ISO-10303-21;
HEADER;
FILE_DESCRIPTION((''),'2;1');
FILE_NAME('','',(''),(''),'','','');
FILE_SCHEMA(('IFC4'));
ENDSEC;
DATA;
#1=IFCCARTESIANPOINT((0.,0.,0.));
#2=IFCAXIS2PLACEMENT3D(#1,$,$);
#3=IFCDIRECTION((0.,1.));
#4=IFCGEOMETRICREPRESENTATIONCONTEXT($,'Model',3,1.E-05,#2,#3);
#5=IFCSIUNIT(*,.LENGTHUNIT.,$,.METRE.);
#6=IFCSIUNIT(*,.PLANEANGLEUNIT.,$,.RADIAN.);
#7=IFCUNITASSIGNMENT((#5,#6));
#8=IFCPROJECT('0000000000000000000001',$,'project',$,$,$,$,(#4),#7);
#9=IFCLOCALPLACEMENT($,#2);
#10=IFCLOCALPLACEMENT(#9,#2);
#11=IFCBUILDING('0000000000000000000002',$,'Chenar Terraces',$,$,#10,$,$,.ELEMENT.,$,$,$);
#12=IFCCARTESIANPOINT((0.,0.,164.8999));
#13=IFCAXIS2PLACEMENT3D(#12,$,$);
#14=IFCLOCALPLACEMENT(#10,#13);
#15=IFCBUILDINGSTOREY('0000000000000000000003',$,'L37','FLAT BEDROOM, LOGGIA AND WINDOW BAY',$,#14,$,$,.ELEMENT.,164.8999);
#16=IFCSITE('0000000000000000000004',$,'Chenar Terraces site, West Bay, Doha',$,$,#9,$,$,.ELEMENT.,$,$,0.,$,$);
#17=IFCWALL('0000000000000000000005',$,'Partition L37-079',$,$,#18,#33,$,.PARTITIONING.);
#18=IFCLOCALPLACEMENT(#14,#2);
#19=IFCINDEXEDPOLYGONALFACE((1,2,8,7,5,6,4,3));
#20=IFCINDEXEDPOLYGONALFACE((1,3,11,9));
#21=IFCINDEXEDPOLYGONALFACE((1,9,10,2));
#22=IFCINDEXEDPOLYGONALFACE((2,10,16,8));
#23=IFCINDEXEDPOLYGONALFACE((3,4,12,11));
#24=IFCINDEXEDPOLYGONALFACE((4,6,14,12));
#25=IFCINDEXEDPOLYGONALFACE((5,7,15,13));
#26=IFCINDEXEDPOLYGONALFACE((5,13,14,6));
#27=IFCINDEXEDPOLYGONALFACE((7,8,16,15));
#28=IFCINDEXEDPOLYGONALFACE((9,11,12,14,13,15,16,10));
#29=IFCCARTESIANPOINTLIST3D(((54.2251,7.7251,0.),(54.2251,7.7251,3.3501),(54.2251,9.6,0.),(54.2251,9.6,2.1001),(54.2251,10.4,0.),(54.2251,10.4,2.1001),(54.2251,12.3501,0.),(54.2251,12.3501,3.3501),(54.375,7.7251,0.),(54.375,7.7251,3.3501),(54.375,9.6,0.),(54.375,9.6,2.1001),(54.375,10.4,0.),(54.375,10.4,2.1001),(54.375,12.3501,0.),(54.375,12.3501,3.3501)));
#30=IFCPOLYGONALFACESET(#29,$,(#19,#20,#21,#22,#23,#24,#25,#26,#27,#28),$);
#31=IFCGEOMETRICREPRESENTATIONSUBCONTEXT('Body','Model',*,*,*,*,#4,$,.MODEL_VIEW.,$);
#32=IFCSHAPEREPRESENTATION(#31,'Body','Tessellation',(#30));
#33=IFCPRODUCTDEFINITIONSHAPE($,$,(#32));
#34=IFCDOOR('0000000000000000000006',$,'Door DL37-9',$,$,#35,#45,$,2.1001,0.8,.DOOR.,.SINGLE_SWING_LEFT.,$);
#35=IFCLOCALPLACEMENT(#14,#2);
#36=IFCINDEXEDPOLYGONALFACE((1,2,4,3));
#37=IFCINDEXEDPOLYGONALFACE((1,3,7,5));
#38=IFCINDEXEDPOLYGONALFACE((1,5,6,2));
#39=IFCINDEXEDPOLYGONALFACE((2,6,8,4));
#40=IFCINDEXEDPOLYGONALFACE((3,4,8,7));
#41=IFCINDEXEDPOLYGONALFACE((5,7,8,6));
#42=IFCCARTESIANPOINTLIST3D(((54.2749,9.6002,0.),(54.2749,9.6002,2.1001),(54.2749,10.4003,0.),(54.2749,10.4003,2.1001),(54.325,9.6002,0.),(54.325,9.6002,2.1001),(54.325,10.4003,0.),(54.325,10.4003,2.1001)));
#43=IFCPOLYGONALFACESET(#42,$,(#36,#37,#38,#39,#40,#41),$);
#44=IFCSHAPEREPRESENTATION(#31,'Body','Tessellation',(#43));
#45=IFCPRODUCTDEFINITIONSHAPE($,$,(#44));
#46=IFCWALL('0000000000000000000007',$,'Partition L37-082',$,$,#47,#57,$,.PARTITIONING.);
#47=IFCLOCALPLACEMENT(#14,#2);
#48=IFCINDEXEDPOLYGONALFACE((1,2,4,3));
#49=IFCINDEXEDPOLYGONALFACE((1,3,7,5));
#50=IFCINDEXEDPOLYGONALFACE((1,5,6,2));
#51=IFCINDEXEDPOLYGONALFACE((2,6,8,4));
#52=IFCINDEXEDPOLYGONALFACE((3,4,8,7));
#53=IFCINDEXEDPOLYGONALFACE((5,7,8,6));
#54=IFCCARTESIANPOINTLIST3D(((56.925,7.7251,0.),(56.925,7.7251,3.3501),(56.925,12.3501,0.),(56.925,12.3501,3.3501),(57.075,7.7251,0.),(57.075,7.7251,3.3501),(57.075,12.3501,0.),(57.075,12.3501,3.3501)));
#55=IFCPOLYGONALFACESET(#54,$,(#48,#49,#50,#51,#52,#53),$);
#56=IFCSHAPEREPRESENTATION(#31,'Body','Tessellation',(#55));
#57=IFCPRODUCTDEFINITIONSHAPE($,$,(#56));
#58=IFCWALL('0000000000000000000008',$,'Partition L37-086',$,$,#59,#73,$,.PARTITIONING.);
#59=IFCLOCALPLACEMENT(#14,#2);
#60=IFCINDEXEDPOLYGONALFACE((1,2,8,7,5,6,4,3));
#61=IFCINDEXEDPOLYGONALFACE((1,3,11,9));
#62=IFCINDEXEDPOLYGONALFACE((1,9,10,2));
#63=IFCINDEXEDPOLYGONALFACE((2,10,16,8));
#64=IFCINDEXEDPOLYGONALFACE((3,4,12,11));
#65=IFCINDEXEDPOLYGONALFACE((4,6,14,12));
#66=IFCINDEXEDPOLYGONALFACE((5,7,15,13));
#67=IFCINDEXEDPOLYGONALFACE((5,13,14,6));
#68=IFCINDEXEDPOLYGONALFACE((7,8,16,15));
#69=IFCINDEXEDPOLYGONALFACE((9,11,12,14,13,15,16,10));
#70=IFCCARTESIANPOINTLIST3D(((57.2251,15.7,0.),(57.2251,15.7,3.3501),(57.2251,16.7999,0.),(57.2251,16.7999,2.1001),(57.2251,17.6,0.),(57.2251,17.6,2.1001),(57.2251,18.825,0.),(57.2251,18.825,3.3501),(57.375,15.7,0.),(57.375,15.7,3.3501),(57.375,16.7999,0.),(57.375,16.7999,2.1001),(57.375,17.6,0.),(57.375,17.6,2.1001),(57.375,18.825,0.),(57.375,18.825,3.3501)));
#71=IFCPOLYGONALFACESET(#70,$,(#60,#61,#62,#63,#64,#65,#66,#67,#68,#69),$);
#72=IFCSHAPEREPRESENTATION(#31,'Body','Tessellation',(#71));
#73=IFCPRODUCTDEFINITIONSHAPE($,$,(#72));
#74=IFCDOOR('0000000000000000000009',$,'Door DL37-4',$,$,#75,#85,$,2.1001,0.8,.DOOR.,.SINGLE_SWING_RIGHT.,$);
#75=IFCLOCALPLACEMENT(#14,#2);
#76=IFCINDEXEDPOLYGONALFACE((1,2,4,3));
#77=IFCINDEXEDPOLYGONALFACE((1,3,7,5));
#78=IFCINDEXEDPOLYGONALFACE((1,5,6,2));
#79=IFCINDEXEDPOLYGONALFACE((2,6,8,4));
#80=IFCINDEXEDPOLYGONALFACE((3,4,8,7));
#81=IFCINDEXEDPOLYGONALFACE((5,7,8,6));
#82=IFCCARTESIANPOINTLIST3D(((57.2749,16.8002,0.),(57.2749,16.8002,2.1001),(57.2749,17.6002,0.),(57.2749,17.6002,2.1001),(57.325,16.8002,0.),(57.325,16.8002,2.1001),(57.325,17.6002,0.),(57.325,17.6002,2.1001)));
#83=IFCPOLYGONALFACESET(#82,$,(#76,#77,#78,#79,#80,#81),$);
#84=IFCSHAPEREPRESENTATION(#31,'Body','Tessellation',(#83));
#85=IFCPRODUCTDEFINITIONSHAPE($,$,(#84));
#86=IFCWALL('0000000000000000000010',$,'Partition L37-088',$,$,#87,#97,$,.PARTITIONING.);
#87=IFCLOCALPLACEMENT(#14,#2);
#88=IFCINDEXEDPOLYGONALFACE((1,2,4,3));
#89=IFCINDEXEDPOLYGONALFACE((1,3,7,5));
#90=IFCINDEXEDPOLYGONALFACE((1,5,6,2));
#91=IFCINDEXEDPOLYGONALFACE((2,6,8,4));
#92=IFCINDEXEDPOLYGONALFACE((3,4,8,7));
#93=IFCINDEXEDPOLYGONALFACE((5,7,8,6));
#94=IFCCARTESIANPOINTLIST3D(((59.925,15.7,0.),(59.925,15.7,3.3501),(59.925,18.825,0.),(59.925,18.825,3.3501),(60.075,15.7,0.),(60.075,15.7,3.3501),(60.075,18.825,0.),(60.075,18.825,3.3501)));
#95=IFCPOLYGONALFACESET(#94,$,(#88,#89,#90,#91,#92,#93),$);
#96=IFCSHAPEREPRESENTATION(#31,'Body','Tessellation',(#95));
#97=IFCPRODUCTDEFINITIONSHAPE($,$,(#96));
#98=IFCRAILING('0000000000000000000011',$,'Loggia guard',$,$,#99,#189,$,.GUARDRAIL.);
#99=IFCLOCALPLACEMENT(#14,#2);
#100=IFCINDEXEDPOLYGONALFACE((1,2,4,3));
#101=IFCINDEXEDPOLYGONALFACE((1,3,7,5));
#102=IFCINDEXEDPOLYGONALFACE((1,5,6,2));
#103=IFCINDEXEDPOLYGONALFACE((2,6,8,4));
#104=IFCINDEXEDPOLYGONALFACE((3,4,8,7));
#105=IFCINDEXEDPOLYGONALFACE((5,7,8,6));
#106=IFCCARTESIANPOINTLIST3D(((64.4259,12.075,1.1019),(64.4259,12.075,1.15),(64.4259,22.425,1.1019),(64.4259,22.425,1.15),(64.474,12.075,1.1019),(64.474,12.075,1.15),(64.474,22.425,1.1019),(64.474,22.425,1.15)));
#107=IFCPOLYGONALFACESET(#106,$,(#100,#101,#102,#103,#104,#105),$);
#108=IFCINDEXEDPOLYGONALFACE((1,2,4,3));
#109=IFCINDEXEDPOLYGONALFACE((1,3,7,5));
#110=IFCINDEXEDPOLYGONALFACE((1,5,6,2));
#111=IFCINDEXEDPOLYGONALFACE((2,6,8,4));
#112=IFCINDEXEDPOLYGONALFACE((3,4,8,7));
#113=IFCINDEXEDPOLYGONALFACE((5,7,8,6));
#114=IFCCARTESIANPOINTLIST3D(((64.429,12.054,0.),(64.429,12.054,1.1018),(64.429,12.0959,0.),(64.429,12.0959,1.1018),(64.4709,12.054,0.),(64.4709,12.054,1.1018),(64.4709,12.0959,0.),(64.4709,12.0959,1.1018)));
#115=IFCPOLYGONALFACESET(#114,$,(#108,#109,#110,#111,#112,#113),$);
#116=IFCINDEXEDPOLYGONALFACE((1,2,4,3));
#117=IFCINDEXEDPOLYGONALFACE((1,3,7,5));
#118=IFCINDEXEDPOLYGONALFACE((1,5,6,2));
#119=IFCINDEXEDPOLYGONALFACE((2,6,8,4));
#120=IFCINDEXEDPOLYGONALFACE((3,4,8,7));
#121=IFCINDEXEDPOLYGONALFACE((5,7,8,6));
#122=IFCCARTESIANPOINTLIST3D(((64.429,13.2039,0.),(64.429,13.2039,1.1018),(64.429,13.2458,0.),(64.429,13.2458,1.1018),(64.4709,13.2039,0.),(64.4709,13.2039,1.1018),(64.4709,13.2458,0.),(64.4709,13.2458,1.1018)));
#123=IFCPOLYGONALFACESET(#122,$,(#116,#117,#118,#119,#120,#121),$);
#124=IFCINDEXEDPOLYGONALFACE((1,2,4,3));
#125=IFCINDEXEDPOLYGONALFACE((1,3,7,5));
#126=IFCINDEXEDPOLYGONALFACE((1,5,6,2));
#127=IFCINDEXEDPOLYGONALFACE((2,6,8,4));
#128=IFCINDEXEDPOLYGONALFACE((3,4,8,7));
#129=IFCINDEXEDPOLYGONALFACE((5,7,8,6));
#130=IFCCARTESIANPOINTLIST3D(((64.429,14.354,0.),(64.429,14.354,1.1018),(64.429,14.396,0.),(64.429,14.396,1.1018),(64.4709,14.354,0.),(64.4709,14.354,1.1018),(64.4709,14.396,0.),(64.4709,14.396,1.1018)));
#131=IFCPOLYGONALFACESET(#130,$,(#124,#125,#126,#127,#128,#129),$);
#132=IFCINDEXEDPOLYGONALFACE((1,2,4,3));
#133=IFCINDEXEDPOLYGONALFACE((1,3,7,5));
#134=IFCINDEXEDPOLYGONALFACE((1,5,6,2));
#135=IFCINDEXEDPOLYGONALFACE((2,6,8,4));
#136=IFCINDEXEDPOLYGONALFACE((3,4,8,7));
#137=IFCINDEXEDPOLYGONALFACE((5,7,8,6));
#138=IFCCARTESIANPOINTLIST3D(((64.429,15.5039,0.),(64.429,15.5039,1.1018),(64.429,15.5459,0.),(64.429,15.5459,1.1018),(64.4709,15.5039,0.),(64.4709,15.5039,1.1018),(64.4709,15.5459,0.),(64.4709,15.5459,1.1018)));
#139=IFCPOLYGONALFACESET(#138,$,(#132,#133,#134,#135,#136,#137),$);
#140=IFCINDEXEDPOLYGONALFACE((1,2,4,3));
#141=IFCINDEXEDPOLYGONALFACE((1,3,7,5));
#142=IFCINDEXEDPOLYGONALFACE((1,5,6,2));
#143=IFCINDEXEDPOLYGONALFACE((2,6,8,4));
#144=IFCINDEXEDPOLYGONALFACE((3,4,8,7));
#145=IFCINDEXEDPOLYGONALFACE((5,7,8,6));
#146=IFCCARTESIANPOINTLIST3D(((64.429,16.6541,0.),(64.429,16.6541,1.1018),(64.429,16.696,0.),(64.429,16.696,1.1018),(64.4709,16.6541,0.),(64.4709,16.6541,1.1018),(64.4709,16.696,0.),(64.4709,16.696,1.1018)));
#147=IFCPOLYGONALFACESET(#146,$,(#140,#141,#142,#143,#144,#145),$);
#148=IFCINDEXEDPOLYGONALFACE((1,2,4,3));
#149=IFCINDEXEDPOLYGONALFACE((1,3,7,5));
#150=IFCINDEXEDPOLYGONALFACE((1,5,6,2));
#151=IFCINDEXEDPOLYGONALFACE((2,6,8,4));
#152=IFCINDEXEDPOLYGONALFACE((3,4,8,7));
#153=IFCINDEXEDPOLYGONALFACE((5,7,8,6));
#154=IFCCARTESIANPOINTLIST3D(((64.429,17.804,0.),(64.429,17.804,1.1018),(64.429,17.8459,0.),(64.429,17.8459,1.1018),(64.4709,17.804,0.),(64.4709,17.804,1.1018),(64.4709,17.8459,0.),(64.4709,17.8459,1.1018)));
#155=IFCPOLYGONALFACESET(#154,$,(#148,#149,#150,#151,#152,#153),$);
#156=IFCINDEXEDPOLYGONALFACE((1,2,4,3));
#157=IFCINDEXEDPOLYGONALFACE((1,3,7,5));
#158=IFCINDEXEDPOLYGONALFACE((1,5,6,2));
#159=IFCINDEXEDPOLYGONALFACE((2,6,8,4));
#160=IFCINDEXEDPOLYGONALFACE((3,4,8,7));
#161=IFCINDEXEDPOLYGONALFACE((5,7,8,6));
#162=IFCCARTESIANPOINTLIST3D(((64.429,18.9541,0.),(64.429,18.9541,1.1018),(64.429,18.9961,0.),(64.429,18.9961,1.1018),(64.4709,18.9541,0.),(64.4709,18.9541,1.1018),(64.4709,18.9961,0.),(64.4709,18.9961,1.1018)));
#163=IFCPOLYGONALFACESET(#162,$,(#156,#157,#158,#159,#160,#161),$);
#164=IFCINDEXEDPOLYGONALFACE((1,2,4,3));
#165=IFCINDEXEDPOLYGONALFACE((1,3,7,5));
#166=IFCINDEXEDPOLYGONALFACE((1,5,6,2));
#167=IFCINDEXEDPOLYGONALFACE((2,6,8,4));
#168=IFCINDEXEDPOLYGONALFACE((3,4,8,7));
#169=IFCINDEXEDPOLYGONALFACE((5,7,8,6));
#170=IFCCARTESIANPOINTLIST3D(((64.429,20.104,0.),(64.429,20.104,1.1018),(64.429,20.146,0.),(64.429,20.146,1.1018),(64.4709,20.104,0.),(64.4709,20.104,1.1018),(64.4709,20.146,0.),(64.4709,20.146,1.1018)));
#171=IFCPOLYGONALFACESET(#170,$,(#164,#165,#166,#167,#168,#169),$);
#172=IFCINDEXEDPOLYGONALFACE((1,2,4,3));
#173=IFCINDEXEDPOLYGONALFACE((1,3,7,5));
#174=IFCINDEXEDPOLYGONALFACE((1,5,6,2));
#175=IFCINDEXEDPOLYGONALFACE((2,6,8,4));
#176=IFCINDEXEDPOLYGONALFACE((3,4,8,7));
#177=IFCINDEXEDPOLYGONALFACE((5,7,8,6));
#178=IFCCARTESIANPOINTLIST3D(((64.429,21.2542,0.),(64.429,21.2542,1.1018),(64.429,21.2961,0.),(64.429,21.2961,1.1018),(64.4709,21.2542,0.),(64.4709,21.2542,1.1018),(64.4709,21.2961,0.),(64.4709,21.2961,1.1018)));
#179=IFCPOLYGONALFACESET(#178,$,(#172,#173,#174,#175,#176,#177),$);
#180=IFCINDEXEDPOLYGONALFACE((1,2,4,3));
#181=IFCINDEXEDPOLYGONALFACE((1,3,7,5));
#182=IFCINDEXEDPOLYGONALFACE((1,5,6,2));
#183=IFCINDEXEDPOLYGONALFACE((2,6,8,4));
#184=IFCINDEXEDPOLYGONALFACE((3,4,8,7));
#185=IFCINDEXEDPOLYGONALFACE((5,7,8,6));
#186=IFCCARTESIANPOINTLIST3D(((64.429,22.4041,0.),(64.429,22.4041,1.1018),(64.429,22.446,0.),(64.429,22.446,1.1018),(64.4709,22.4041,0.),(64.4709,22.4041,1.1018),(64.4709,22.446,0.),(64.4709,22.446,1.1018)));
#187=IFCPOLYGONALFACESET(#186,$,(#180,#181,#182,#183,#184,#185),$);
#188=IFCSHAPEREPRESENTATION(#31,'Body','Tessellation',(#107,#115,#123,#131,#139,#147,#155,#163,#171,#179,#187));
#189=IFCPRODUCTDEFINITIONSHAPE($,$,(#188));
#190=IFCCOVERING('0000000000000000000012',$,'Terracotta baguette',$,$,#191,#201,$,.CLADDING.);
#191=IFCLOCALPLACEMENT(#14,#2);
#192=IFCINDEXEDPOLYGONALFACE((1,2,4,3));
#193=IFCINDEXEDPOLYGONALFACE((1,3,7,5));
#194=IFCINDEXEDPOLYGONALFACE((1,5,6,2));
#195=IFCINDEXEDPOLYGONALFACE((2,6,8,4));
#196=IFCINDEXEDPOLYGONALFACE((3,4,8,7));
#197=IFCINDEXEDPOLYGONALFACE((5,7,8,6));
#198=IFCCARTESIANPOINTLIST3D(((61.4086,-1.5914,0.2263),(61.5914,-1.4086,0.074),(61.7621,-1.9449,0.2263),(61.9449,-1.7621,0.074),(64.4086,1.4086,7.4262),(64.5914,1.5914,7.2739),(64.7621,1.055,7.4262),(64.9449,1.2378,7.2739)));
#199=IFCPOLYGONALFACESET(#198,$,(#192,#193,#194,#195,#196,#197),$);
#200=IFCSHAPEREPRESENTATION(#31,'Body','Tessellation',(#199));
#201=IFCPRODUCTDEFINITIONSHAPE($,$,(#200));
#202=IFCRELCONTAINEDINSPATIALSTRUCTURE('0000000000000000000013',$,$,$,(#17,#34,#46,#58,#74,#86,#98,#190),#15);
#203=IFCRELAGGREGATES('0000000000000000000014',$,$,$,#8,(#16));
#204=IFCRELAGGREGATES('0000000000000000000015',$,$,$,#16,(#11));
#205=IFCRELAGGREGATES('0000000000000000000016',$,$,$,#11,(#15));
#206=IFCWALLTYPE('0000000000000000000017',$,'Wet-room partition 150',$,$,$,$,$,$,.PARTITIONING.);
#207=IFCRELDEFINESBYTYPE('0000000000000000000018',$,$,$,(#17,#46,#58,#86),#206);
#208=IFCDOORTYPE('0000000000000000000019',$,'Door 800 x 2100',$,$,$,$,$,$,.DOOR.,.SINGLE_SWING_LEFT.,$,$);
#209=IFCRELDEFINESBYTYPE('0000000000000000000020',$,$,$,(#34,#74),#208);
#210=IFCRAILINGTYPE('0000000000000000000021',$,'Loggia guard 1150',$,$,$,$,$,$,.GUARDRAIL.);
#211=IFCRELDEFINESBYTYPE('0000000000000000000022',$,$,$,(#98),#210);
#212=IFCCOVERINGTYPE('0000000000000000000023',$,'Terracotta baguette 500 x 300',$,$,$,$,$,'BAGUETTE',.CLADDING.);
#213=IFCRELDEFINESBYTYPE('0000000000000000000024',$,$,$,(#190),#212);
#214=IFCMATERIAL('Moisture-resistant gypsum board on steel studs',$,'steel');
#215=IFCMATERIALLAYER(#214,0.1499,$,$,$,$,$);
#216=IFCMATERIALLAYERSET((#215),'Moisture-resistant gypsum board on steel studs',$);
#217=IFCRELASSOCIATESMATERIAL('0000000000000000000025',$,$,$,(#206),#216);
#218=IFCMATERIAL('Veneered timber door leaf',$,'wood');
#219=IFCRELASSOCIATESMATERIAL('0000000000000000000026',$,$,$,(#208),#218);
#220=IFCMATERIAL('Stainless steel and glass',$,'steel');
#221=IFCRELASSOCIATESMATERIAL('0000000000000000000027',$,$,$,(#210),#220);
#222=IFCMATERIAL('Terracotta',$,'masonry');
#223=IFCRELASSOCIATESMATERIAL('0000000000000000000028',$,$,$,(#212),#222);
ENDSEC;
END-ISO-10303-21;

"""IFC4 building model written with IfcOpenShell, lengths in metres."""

from ifc_helpers import new_model, si_unit, direction, frame, frame_2d, origin, origin_2d, place, context, subcontext, project, spatial, rectangle, extrude, material, layer, layer_set, material_profile, profile_set, type_object, element, fill, save


model = new_model("IFC4")

# Units and contexts
model_context = context("Model", 3, precision=1e-05, world=origin(), true_north=direction((0.0, 1.0)))
body_context = subcontext(model_context, "Body", "Model", "MODEL_VIEW")
ifc_project = project(units=[si_unit("LENGTHUNIT", "METRE"), si_unit("PLANEANGLEUNIT", "RADIAN")], contexts=[model_context])

# Site, building, storey
site_placement = place(None, origin())
site = spatial("IfcSite", under=ifc_project, at=site_placement, Name="Chenar Terraces site, West Bay, Doha", CompositionType="ELEMENT", RefElevation=0.0)
building_placement = place(site_placement, origin())
building = spatial("IfcBuilding", under=site, at=building_placement, Name="Chenar Terraces", CompositionType="ELEMENT")
storey_placement = place(building_placement, frame((0.0, 0.0, 164.8999)))
storey = spatial("IfcBuildingStorey", under=building, at=storey_placement, Name="L37", Description="FLAT BEDROOM, LOGGIA AND WINDOW BAY", CompositionType="ELEMENT", Elevation=164.8999)

# Wall, opening, door
ifc_material_1 = material(Name="Moisture-resistant gypsum board on steel studs", Category="steel")
ifc_layer_1 = layer(ifc_material_1, 0.1499)
ifc_layer_set_1 = layer_set([ifc_layer_1], Name="Moisture-resistant gypsum board on steel studs")
wall_type_1 = type_object("IfcWallType", Name="Wet-room partition 150", PredefinedType="PARTITIONING", material=ifc_layer_set_1)
wall_1_placement = place(storey_placement, frame((54.3, 7.7251, 0.0), z_axis=(0.0, 0.0, 1.0), x_axis=(0.0, 1.0, 0.0)))
wall_1 = element("IfcWall", 1, at=wall_1_placement, inside=storey, type_object=wall_type_1, Name="Partition L37-079", PredefinedType="PARTITIONING", context=body_context, shape_type="SweptSolid", body=[
    extrude(rectangle(XDim=4.625, YDim=0.1499, at=frame_2d((2.3125, 0.0))), origin(), (0.0, 0.0, 1.0), 3.3501),
])
opening_1_placement = place(wall_1_placement, frame((1.875, 0.0, 0.0)))
opening_1 = element("IfcOpeningElement", 2, at=opening_1_placement, cuts=wall_1, PredefinedType="OPENING", context=body_context, shape_type="SweptSolid", body=[
    extrude(rectangle(XDim=0.8, YDim=2.1001, at=frame_2d((0.3999, 1.05))), frame((0.0, 0.085, 0.0), z_axis=(0.0, -1.0, 0.0), x_axis=(1.0, 0.0, 0.0)), (0.0, 0.0, 1.0), 0.1699),
])
ifc_material_2 = material(Name="Veneered timber door leaf", Category="wood")
door_type_1 = type_object("IfcDoorType", Name="Door 800 x 2100", OperationType="SINGLE_SWING_LEFT", PredefinedType="DOOR", material=ifc_material_2)
door_1_placement = place(opening_1_placement, frame((0.8, 0.0, 0.0), z_axis=(0.0, 0.0, 1.0), x_axis=(-1.0, 0.0, 0.0)))
door_1 = element("IfcDoor", 3, at=door_1_placement, inside=storey, type_object=door_type_1, Name="Door DL37-9", OperationType="SINGLE_SWING_LEFT", OverallHeight=2.1001, OverallWidth=0.8, PredefinedType="DOOR", context=body_context, shape_type="SweptSolid", body=[
    extrude(rectangle(XDim=0.8, YDim=2.1001, at=frame_2d((0.3999, 1.05))), frame((0.0, 0.0249, 0.0), z_axis=(0.0, -1.0, 0.0), x_axis=(1.0, 0.0, 0.0)), (0.0, 0.0, 1.0), 0.05),
])
fill(opening_1, door_1)

# Wall
wall_2_placement = place(storey_placement, frame((57.0, 7.7251, 0.0), z_axis=(0.0, 0.0, 1.0), x_axis=(0.0, 1.0, 0.0)))
element("IfcWall", 4, at=wall_2_placement, inside=storey, type_object=wall_type_1, Name="Partition L37-082", PredefinedType="PARTITIONING", context=body_context, shape_type="SweptSolid", body=[
    extrude(rectangle(XDim=4.625, YDim=0.1499, at=frame_2d((2.3125, 0.0))), origin(), (0.0, 0.0, 1.0), 3.3501),
])

# Wall, opening, door
wall_3_placement = place(storey_placement, frame((57.3, 15.7, 0.0), z_axis=(0.0, 0.0, 1.0), x_axis=(0.0, 1.0, 0.0)))
wall_3 = element("IfcWall", 5, at=wall_3_placement, inside=storey, type_object=wall_type_1, Name="Partition L37-086", PredefinedType="PARTITIONING", context=body_context, shape_type="SweptSolid", body=[
    extrude(rectangle(XDim=3.125, YDim=0.1499, at=frame_2d((1.5625, 0.0))), origin(), (0.0, 0.0, 1.0), 3.3501),
])
opening_2_placement = place(wall_3_placement, frame((1.1001, 0.0, 0.0)))
opening_2 = element("IfcOpeningElement", 6, at=opening_2_placement, cuts=wall_3, PredefinedType="OPENING", context=body_context, shape_type="SweptSolid", body=[
    extrude(rectangle(XDim=0.8, YDim=2.1001, at=frame_2d((0.3999, 1.05))), frame((0.0, 0.085, 0.0), z_axis=(0.0, -1.0, 0.0), x_axis=(1.0, 0.0, 0.0)), (0.0, 0.0, 1.0), 0.1699),
])
door_2_placement = place(opening_2_placement, frame((0.8, 0.0, 0.0), z_axis=(0.0, 0.0, 1.0), x_axis=(-1.0, 0.0, 0.0)))
door_2 = element("IfcDoor", 7, at=door_2_placement, inside=storey, type_object=door_type_1, Name="Door DL37-4", OperationType="SINGLE_SWING_RIGHT", OverallHeight=2.1001, OverallWidth=0.8, PredefinedType="DOOR", context=body_context, shape_type="SweptSolid", body=[
    extrude(rectangle(XDim=0.8, YDim=2.1001, at=frame_2d((0.3999, 1.05))), frame((0.0, 0.0249, 0.0), z_axis=(0.0, -1.0, 0.0), x_axis=(1.0, 0.0, 0.0)), (0.0, 0.0, 1.0), 0.05),
])
fill(opening_2, door_2)

# Wall
wall_4_placement = place(storey_placement, frame((60.0, 15.7, 0.0), z_axis=(0.0, 0.0, 1.0), x_axis=(0.0, 1.0, 0.0)))
element("IfcWall", 8, at=wall_4_placement, inside=storey, type_object=wall_type_1, Name="Partition L37-088", PredefinedType="PARTITIONING", context=body_context, shape_type="SweptSolid", body=[
    extrude(rectangle(XDim=3.125, YDim=0.1499, at=frame_2d((1.5625, 0.0))), origin(), (0.0, 0.0, 1.0), 3.3501),
])

# Railing
ifc_material_3 = material(Name="Stainless steel and glass", Category="steel")
railing_type = type_object("IfcRailingType", Name="Loggia guard 1150", PredefinedType="GUARDRAIL", material=ifc_material_3)
railing_placement = place(storey_placement, frame((64.45, 12.075, 0.0)))
element("IfcRailing", 9, at=railing_placement, inside=storey, type_object=railing_type, Name="Loggia guard", PredefinedType="GUARDRAIL", context=body_context, shape_type="SweptSolid", body=[
    extrude(rectangle(XDim=0.0481, YDim=0.0481, at=origin_2d()), frame((0.0, 0.0, 1.126), z_axis=(0.0, 1.0, 0.0), x_axis=(-1.0, 0.0, 0.0)), (0.0, 0.0, 1.0), 10.3501),
    extrude(rectangle(XDim=0.042, YDim=0.042, at=origin_2d()), origin(), (0.0, 0.0, 1.0), 1.1018),
    extrude(rectangle(XDim=0.042, YDim=0.042, at=origin_2d()), frame((0.0, 1.1499, 0.0)), (0.0, 0.0, 1.0), 1.1018),
    extrude(rectangle(XDim=0.042, YDim=0.042, at=origin_2d()), frame((0.0, 2.3, 0.0)), (0.0, 0.0, 1.0), 1.1018),
    extrude(rectangle(XDim=0.042, YDim=0.042, at=origin_2d()), frame((0.0, 3.45, 0.0)), (0.0, 0.0, 1.0), 1.1018),
    extrude(rectangle(XDim=0.042, YDim=0.042, at=origin_2d()), frame((0.0, 4.6001, 0.0)), (0.0, 0.0, 1.0), 1.1018),
    extrude(rectangle(XDim=0.042, YDim=0.042, at=origin_2d()), frame((0.0, 5.75, 0.0)), (0.0, 0.0, 1.0), 1.1018),
    extrude(rectangle(XDim=0.042, YDim=0.042, at=origin_2d()), frame((0.0, 6.9001, 0.0)), (0.0, 0.0, 1.0), 1.1018),
    extrude(rectangle(XDim=0.042, YDim=0.042, at=origin_2d()), frame((0.0, 8.05, 0.0)), (0.0, 0.0, 1.0), 1.1018),
    extrude(rectangle(XDim=0.042, YDim=0.042, at=origin_2d()), frame((0.0, 9.2002, 0.0)), (0.0, 0.0, 1.0), 1.1018),
    extrude(rectangle(XDim=0.042, YDim=0.042, at=origin_2d()), frame((0.0, 10.3501, 0.0)), (0.0, 0.0, 1.0), 1.1018),
])

# Covering
ifc_material_4 = material(Name="Terracotta", Category="masonry")
ifc_material_profile_1 = material_profile(ifc_material_4, rectangle(XDim=0.5, YDim=0.3, at=origin_2d()), Name="Terracotta baguette 500 x 300")
ifc_profile_set_1 = profile_set([ifc_material_profile_1], Name="Terracotta")
covering_type = type_object("IfcCoveringType", Name="Terracotta baguette 500 x 300", ElementType="BAGUETTE", PredefinedType="CLADDING", material=ifc_profile_set_1)
covering_placement = place(storey_placement, frame((61.6768, -1.6768, 0.1501), z_axis=(0.358981, 0.358981, 0.861548), x_axis=(-0.707107, 0.707107, 0.0)))
element("IfcCovering", 10, at=covering_placement, inside=storey, type_object=covering_type, Name="Terracotta baguette", PredefinedType="CLADDING", context=body_context, shape_type="SweptSolid", body=[
    extrude(rectangle(XDim=0.5, YDim=0.3, at=origin_2d()), origin(), (0.0, 0.0, 1.0), 8.3569),
])

save(model, "model.ifc")
